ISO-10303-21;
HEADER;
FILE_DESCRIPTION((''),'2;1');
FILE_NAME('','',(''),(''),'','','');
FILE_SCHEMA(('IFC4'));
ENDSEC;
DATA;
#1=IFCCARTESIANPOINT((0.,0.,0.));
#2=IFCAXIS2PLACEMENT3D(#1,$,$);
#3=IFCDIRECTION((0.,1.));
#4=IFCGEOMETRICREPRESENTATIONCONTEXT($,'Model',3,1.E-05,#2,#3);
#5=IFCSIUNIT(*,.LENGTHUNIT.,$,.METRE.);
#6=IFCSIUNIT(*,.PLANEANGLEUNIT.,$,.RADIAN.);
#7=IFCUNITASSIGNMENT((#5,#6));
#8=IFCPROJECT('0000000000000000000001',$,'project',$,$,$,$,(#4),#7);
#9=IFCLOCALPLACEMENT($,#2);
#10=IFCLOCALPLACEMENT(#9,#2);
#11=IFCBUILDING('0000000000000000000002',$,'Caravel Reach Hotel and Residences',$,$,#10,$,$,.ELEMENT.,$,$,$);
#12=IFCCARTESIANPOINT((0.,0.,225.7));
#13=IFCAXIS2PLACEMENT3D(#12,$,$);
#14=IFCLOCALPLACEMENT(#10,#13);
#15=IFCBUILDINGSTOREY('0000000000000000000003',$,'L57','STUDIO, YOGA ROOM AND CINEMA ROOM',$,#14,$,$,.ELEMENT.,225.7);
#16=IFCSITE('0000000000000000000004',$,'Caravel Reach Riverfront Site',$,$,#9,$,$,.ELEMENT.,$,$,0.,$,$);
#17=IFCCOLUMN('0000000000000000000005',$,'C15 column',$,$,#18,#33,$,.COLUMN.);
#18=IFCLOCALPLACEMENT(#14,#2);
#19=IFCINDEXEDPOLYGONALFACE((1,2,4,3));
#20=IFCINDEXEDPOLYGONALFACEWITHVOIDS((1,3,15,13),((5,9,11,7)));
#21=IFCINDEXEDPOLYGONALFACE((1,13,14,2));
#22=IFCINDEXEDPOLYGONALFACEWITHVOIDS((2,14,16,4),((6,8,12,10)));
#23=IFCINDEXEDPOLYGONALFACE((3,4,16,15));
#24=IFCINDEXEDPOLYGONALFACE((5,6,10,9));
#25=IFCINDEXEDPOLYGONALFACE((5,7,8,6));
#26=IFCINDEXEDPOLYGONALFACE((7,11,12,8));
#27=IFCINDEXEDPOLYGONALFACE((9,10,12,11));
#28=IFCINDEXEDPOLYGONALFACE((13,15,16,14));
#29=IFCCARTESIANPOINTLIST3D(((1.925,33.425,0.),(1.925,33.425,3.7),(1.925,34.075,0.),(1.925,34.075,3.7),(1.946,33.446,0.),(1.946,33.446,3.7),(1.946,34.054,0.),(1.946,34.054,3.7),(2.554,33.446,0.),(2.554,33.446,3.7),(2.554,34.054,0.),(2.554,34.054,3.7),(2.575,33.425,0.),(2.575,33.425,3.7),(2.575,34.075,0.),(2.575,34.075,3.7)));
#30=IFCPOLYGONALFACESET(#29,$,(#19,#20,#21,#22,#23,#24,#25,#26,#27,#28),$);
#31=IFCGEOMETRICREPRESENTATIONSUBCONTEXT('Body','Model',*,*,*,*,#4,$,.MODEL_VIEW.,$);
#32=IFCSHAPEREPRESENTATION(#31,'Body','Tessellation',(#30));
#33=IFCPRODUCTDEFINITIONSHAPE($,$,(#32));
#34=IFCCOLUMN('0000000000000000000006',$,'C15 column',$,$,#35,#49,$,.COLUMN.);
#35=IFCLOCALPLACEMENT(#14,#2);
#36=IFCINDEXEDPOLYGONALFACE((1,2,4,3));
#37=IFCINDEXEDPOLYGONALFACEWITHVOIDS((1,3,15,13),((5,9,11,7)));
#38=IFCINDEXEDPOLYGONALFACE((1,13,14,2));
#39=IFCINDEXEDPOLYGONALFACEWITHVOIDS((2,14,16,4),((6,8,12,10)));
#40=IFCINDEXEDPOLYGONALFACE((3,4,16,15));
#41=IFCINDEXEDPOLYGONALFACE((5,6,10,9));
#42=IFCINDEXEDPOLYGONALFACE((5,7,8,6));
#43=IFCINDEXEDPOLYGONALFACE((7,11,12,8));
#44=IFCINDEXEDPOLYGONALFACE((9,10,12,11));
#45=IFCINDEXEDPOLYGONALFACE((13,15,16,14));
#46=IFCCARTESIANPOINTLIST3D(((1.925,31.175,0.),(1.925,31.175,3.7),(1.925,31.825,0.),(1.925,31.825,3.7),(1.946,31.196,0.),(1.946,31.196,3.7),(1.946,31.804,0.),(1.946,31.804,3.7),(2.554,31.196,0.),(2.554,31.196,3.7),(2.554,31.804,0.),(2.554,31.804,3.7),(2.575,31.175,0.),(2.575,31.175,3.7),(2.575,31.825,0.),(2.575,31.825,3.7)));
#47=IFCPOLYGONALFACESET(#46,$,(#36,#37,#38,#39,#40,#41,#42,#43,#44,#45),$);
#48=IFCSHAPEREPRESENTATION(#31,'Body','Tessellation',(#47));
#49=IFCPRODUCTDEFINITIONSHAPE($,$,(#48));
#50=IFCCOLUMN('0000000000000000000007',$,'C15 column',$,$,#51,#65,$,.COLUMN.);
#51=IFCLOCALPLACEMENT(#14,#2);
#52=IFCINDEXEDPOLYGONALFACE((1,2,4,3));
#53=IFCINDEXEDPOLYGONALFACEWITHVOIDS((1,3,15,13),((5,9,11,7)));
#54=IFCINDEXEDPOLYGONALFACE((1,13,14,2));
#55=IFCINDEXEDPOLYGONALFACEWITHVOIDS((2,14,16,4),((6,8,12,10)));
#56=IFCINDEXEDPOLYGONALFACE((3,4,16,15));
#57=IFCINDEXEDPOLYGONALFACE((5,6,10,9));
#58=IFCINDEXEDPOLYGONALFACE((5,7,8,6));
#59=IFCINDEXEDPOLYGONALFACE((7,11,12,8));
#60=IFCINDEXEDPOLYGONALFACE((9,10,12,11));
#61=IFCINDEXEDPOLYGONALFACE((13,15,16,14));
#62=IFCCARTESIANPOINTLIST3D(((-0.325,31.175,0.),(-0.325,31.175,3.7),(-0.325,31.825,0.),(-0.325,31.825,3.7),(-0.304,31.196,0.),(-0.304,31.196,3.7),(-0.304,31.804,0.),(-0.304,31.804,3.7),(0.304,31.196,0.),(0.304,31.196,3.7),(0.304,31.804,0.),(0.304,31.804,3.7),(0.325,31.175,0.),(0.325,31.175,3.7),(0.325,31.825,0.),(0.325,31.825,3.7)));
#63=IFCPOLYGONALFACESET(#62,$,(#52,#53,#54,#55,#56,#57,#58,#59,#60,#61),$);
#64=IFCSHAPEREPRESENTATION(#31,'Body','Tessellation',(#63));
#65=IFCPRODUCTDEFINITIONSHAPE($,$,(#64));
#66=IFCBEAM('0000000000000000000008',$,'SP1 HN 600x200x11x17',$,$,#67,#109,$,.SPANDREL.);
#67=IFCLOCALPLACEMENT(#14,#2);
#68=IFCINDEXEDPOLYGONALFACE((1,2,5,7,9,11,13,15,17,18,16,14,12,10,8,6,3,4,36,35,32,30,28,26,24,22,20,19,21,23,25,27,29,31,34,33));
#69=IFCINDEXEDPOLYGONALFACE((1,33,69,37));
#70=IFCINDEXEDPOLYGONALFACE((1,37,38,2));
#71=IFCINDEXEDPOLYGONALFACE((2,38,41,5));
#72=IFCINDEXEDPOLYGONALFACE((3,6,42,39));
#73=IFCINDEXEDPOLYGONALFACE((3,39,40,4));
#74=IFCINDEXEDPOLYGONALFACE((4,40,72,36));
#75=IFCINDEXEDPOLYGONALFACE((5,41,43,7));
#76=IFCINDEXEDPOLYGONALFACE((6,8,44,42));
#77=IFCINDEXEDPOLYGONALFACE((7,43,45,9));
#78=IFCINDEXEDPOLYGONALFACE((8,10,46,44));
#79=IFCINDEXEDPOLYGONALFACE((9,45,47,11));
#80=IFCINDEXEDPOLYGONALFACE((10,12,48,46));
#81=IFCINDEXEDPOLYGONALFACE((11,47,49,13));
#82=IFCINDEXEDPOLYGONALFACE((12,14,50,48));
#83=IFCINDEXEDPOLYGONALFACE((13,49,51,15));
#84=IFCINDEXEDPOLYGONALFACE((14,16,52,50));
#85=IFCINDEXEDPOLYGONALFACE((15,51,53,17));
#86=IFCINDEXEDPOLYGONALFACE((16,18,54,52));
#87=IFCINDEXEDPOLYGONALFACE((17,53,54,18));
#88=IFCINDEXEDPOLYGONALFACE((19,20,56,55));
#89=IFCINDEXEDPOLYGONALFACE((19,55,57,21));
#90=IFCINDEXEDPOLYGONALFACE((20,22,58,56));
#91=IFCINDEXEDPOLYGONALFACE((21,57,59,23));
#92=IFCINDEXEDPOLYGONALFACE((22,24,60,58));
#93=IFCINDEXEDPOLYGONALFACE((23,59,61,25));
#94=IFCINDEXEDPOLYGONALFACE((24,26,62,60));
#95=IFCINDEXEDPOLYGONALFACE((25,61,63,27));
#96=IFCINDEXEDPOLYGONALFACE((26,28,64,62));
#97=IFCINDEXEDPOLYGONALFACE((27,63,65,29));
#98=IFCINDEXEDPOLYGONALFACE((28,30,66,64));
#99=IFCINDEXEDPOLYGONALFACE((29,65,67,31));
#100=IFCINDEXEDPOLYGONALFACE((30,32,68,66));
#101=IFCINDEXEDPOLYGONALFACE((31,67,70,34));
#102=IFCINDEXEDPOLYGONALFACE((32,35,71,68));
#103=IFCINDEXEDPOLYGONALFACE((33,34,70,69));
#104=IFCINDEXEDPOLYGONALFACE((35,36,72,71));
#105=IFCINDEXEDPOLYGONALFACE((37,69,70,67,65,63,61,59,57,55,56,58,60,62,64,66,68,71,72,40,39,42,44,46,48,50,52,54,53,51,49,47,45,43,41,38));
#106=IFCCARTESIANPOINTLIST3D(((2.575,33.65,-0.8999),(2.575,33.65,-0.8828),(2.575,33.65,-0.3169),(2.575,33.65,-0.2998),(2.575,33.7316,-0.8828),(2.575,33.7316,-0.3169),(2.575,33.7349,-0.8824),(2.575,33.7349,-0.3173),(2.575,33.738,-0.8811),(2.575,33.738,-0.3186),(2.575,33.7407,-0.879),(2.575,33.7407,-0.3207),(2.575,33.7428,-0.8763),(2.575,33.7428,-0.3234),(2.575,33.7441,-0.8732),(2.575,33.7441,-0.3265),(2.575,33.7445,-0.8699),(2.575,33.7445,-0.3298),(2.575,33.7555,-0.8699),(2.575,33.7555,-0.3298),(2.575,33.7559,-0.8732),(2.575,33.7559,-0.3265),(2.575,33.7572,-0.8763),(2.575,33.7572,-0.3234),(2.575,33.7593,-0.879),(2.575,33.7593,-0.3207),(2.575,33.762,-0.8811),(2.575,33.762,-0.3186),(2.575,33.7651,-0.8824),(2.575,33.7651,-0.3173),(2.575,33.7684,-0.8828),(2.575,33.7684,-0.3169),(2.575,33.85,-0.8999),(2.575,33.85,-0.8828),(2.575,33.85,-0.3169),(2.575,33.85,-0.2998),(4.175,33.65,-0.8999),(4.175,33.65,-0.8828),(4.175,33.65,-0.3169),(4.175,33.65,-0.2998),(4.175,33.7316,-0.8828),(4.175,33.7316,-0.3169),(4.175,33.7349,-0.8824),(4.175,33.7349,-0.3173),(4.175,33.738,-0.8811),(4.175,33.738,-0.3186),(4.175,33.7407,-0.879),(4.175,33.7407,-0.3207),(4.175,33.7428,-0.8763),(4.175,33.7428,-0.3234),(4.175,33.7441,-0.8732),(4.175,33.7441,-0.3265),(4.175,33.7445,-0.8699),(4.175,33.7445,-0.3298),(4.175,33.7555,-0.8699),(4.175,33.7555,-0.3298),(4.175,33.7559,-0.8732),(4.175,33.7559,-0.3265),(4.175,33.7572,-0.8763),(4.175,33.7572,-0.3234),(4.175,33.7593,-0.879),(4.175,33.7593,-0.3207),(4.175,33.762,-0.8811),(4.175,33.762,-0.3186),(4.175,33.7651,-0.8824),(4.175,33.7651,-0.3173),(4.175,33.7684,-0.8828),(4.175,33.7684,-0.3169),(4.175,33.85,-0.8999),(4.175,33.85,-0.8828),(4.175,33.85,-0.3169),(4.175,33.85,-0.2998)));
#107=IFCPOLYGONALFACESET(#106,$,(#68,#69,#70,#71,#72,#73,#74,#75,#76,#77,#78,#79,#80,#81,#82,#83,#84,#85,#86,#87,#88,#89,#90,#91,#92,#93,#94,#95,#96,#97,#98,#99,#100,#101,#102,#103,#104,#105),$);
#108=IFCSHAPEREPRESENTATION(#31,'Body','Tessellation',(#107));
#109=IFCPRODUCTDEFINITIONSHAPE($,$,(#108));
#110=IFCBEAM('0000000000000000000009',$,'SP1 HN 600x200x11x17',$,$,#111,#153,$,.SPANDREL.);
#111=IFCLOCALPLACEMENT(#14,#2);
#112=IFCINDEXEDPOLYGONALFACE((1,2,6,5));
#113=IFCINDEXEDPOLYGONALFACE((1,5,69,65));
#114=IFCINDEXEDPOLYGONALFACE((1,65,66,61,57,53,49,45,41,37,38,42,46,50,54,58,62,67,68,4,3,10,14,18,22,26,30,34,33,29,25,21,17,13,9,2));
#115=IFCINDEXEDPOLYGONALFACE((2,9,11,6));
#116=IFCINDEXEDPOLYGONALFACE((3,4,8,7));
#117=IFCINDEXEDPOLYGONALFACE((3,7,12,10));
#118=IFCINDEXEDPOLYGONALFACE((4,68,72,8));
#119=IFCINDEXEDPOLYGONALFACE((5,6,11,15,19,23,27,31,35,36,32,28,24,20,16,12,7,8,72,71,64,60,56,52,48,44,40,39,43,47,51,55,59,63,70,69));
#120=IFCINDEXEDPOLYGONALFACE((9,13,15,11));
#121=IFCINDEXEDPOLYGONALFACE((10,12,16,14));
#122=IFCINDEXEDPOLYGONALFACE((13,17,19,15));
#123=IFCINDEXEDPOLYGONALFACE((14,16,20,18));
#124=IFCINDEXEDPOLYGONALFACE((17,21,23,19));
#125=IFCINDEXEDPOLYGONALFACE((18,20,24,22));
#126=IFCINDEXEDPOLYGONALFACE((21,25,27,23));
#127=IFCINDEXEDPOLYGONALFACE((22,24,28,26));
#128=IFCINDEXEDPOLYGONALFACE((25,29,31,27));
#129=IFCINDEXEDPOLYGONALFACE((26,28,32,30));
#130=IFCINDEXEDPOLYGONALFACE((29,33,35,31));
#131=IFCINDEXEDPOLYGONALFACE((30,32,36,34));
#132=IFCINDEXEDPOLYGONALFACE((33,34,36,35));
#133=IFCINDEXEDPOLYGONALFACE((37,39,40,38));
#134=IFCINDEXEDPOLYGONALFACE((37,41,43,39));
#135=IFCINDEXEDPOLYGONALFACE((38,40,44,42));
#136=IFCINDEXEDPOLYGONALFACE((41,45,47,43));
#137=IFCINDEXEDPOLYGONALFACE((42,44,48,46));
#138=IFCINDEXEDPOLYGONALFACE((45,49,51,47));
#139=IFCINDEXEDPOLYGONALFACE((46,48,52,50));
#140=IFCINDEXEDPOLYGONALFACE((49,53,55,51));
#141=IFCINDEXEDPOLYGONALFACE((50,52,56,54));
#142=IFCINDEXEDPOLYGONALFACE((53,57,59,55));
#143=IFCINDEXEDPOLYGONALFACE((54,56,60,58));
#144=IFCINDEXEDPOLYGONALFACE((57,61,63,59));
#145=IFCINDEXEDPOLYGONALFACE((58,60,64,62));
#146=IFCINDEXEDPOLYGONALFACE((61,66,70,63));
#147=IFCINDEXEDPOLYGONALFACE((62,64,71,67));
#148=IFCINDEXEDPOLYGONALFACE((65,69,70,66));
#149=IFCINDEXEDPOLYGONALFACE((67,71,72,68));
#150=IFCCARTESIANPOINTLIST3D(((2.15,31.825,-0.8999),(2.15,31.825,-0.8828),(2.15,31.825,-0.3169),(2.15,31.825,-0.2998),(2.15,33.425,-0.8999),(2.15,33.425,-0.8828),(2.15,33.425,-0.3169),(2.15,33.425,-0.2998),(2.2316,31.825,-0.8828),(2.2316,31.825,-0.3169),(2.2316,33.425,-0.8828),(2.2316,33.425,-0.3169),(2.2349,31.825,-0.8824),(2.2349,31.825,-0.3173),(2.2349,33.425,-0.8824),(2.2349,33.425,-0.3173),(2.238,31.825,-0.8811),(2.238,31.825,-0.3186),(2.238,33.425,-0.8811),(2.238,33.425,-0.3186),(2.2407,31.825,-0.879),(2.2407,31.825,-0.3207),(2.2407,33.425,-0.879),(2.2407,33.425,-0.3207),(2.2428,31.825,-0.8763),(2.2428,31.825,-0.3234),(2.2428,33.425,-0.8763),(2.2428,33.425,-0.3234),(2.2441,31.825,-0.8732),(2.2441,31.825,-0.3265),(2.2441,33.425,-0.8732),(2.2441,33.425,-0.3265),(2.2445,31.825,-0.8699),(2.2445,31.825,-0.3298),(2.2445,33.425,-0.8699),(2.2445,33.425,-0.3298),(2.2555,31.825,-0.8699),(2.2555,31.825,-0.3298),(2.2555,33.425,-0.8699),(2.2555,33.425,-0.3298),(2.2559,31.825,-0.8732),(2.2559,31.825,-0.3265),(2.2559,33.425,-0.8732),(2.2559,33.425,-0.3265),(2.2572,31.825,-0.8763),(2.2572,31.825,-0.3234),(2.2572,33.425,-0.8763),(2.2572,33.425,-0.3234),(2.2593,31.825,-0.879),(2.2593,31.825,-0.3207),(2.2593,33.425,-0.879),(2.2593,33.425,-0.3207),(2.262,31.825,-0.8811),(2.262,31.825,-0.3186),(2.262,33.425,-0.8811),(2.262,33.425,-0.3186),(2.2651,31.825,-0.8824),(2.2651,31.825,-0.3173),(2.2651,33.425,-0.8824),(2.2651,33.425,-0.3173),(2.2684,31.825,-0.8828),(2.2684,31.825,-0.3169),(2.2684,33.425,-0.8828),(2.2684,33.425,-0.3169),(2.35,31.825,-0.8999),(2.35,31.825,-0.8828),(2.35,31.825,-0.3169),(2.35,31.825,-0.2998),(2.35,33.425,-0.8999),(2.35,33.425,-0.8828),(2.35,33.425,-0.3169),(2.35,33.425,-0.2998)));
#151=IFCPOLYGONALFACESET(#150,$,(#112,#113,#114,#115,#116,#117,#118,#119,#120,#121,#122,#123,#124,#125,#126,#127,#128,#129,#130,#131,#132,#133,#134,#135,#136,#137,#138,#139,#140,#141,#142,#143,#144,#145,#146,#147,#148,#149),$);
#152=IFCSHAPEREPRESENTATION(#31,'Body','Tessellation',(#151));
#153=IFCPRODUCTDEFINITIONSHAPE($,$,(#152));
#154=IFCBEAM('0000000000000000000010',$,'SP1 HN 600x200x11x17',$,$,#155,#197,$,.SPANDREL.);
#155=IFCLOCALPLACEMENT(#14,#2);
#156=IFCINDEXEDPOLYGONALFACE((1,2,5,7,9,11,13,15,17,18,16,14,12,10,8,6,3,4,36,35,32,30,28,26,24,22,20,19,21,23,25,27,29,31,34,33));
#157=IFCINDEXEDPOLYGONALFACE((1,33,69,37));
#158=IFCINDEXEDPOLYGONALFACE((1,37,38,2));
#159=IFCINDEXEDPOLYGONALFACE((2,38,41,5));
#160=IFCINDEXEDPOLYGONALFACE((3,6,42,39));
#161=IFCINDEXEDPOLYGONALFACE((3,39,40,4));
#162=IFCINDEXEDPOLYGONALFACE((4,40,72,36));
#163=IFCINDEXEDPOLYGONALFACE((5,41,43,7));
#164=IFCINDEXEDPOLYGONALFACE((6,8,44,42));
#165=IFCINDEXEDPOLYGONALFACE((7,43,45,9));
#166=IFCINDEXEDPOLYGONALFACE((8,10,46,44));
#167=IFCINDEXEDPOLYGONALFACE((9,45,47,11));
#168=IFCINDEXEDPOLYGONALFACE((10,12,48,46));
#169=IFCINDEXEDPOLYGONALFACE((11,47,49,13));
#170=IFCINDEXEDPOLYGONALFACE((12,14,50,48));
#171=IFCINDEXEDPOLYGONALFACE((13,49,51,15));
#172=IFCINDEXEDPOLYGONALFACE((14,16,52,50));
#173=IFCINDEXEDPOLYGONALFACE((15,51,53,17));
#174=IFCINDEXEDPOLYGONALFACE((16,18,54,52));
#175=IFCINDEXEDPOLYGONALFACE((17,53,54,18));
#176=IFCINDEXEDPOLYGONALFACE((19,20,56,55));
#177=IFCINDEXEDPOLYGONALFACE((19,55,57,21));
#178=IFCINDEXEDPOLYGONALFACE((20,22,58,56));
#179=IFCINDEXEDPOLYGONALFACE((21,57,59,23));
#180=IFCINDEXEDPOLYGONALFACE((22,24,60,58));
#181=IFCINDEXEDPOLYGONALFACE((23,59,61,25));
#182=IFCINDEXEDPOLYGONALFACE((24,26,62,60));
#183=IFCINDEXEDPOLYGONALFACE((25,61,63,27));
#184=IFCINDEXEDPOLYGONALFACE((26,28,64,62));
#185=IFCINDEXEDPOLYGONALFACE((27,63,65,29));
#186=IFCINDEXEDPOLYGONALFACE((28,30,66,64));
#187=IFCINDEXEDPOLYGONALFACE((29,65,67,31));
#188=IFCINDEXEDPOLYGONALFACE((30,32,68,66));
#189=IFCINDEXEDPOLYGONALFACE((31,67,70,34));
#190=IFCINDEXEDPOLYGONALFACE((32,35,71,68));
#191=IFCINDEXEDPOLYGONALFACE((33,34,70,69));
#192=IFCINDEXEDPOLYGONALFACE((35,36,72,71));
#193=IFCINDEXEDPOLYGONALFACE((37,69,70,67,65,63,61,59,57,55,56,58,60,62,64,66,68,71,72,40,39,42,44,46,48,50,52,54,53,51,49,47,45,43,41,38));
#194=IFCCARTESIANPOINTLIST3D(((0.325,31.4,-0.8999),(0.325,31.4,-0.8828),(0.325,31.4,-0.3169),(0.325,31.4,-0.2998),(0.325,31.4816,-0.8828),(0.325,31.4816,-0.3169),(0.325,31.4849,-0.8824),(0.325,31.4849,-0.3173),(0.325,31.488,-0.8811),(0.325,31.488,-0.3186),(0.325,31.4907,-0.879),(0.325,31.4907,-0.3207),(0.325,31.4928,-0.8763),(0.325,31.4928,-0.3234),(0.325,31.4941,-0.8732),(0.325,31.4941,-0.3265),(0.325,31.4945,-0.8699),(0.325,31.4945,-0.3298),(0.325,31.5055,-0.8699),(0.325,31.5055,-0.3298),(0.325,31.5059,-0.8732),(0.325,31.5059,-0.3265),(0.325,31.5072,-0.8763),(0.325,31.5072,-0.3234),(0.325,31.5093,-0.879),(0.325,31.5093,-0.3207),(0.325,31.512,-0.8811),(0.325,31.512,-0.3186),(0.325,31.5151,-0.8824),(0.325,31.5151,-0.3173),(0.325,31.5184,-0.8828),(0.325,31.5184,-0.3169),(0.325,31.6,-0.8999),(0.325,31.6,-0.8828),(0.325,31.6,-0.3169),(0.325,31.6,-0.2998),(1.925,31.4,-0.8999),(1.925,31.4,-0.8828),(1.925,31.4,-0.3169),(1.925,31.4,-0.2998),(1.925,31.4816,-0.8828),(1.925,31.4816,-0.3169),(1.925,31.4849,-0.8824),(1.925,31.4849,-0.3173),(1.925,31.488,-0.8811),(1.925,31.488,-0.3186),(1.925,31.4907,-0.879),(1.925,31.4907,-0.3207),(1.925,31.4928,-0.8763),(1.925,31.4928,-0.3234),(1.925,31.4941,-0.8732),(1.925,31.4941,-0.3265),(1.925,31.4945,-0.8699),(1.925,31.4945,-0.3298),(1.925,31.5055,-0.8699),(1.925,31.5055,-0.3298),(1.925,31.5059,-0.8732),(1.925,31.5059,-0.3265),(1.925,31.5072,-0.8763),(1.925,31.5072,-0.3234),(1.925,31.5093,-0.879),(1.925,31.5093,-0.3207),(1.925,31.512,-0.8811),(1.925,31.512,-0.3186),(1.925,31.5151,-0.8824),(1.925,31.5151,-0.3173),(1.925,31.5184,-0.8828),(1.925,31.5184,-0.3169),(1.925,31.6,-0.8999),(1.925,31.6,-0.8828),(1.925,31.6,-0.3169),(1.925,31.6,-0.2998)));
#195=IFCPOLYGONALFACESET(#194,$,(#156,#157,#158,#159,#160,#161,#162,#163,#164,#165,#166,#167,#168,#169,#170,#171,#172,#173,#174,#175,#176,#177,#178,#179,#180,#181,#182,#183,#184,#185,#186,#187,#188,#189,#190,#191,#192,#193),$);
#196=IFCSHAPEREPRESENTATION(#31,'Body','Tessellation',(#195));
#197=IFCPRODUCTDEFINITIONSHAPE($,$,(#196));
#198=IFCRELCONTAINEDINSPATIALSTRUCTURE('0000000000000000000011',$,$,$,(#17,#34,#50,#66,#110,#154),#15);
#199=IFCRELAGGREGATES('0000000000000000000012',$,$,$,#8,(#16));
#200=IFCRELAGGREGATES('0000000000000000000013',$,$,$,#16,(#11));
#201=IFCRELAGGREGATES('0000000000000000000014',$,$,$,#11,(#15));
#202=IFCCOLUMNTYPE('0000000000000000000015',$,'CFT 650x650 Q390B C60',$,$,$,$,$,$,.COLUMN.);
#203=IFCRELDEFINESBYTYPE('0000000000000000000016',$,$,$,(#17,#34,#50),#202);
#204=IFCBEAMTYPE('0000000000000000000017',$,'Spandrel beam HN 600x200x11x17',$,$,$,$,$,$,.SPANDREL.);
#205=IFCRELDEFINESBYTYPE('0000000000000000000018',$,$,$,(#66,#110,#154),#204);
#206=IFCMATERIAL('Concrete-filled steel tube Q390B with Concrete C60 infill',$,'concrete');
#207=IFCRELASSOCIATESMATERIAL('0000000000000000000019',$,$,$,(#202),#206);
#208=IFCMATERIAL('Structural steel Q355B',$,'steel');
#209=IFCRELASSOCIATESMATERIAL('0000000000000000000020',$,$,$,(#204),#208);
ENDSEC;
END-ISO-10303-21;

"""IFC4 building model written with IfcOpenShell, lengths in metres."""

from ifc_helpers import new_model, si_unit, direction, frame, origin, origin_2d, place, context, subcontext, project, spatial, hollow_rectangle, i_section, extrude, material, material_profile, profile_set, type_object, element, save


model = new_model("IFC4")

# Units and contexts
model_context = context("Model", 3, precision=1e-05, world=origin(), true_north=direction((0.0, 1.0)))
body_context = subcontext(model_context, "Body", "Model", "MODEL_VIEW")
ifc_project = project(units=[si_unit("LENGTHUNIT", "METRE"), si_unit("PLANEANGLEUNIT", "RADIAN")], contexts=[model_context])

# Site, building, storey
site_placement = place(None, origin())
site = spatial("IfcSite", under=ifc_project, at=site_placement, Name="Caravel Reach Riverfront Site", CompositionType="ELEMENT", RefElevation=0.0)
building_placement = place(site_placement, origin())
building = spatial("IfcBuilding", under=site, at=building_placement, Name="Caravel Reach Hotel and Residences", CompositionType="ELEMENT")
storey_placement = place(building_placement, frame((0.0, 0.0, 225.7)))
storey = spatial("IfcBuildingStorey", under=building, at=storey_placement, Name="L57", Description="STUDIO, YOGA ROOM AND CINEMA ROOM", CompositionType="ELEMENT", Elevation=225.7)

# Columns
ifc_material_1 = material(Name="Concrete-filled steel tube Q390B with Concrete C60 infill", Category="concrete")
ifc_material_profile_1 = material_profile(ifc_material_1, hollow_rectangle(XDim=0.6499, YDim=0.6499, WallThickness=0.021, at=origin_2d()), Name="RHS 650x650x21")
ifc_profile_set_1 = profile_set([ifc_material_profile_1], Name="Concrete-filled steel tube Q390B with Concrete C60 infill")
column_type = type_object("IfcColumnType", Name="CFT 650x650 Q390B C60", PredefinedType="COLUMN", material=ifc_profile_set_1)
for number, where, z_axis, x_axis, name in (
    (1, (2.25, 33.75, 0.0), (0.0, 0.0, 1.0), (1.0, 0.0, 0.0), "C15 column"),
    (2, (2.25, 31.5, 0.0), (0.0, 0.0, 1.0), (1.0, 0.0, 0.0), "C15 column"),
    (3, (0.0, 31.5, 0.0), (0.0, 0.0, 1.0), (1.0, 0.0, 0.0), "C15 column"),
):
    element("IfcColumn", number, at=place(storey_placement, frame(where, z_axis=z_axis, x_axis=x_axis)), inside=storey, type_object=column_type, Name=name, PredefinedType="COLUMN", context=body_context, shape_type="SweptSolid", body=[
        extrude(hollow_rectangle(XDim=0.6499, YDim=0.6499, WallThickness=0.021, at=origin_2d()), origin(), (0.0, 0.0, 1.0), 3.7),
    ])

# Beams
ifc_material_2 = material(Name="Structural steel Q355B", Category="steel")
ifc_material_profile_2 = material_profile(ifc_material_2, i_section(OverallWidth=0.2, OverallDepth=0.6001, WebThickness=0.011, FlangeThickness=0.0171, FilletRadius=0.0129, at=origin_2d()), Name="HN 600x200x11x17")
ifc_profile_set_2 = profile_set([ifc_material_profile_2], Name="Structural steel Q355B")
beam_type = type_object("IfcBeamType", Name="Spandrel beam HN 600x200x11x17", PredefinedType="SPANDREL", material=ifc_profile_set_2)
for number, where, z_axis, x_axis, name in (
    (4, (4.175, 33.75, -0.5999), (-1.0, 0.0, 0.0), (0.0, -1.0, 0.0), "SP1 HN 600x200x11x17"),
    (5, (2.25, 33.425, -0.5999), (0.0, -1.0, 0.0), (1.0, 0.0, 0.0), "SP1 HN 600x200x11x17"),
    (6, (1.925, 31.5, -0.5999), (-1.0, 0.0, 0.0), (0.0, -1.0, 0.0), "SP1 HN 600x200x11x17"),
):
    element("IfcBeam", number, at=place(storey_placement, frame(where, z_axis=z_axis, x_axis=x_axis)), inside=storey, type_object=beam_type, Name=name, PredefinedType="SPANDREL", context=body_context, shape_type="SweptSolid", body=[
        extrude(i_section(OverallWidth=0.2, OverallDepth=0.6001, WebThickness=0.011, FlangeThickness=0.0171, FilletRadius=0.0129, at=origin_2d()), origin(), (0.0, 0.0, 1.0), 1.6001),
    ])

save(model, "model.ifc")
